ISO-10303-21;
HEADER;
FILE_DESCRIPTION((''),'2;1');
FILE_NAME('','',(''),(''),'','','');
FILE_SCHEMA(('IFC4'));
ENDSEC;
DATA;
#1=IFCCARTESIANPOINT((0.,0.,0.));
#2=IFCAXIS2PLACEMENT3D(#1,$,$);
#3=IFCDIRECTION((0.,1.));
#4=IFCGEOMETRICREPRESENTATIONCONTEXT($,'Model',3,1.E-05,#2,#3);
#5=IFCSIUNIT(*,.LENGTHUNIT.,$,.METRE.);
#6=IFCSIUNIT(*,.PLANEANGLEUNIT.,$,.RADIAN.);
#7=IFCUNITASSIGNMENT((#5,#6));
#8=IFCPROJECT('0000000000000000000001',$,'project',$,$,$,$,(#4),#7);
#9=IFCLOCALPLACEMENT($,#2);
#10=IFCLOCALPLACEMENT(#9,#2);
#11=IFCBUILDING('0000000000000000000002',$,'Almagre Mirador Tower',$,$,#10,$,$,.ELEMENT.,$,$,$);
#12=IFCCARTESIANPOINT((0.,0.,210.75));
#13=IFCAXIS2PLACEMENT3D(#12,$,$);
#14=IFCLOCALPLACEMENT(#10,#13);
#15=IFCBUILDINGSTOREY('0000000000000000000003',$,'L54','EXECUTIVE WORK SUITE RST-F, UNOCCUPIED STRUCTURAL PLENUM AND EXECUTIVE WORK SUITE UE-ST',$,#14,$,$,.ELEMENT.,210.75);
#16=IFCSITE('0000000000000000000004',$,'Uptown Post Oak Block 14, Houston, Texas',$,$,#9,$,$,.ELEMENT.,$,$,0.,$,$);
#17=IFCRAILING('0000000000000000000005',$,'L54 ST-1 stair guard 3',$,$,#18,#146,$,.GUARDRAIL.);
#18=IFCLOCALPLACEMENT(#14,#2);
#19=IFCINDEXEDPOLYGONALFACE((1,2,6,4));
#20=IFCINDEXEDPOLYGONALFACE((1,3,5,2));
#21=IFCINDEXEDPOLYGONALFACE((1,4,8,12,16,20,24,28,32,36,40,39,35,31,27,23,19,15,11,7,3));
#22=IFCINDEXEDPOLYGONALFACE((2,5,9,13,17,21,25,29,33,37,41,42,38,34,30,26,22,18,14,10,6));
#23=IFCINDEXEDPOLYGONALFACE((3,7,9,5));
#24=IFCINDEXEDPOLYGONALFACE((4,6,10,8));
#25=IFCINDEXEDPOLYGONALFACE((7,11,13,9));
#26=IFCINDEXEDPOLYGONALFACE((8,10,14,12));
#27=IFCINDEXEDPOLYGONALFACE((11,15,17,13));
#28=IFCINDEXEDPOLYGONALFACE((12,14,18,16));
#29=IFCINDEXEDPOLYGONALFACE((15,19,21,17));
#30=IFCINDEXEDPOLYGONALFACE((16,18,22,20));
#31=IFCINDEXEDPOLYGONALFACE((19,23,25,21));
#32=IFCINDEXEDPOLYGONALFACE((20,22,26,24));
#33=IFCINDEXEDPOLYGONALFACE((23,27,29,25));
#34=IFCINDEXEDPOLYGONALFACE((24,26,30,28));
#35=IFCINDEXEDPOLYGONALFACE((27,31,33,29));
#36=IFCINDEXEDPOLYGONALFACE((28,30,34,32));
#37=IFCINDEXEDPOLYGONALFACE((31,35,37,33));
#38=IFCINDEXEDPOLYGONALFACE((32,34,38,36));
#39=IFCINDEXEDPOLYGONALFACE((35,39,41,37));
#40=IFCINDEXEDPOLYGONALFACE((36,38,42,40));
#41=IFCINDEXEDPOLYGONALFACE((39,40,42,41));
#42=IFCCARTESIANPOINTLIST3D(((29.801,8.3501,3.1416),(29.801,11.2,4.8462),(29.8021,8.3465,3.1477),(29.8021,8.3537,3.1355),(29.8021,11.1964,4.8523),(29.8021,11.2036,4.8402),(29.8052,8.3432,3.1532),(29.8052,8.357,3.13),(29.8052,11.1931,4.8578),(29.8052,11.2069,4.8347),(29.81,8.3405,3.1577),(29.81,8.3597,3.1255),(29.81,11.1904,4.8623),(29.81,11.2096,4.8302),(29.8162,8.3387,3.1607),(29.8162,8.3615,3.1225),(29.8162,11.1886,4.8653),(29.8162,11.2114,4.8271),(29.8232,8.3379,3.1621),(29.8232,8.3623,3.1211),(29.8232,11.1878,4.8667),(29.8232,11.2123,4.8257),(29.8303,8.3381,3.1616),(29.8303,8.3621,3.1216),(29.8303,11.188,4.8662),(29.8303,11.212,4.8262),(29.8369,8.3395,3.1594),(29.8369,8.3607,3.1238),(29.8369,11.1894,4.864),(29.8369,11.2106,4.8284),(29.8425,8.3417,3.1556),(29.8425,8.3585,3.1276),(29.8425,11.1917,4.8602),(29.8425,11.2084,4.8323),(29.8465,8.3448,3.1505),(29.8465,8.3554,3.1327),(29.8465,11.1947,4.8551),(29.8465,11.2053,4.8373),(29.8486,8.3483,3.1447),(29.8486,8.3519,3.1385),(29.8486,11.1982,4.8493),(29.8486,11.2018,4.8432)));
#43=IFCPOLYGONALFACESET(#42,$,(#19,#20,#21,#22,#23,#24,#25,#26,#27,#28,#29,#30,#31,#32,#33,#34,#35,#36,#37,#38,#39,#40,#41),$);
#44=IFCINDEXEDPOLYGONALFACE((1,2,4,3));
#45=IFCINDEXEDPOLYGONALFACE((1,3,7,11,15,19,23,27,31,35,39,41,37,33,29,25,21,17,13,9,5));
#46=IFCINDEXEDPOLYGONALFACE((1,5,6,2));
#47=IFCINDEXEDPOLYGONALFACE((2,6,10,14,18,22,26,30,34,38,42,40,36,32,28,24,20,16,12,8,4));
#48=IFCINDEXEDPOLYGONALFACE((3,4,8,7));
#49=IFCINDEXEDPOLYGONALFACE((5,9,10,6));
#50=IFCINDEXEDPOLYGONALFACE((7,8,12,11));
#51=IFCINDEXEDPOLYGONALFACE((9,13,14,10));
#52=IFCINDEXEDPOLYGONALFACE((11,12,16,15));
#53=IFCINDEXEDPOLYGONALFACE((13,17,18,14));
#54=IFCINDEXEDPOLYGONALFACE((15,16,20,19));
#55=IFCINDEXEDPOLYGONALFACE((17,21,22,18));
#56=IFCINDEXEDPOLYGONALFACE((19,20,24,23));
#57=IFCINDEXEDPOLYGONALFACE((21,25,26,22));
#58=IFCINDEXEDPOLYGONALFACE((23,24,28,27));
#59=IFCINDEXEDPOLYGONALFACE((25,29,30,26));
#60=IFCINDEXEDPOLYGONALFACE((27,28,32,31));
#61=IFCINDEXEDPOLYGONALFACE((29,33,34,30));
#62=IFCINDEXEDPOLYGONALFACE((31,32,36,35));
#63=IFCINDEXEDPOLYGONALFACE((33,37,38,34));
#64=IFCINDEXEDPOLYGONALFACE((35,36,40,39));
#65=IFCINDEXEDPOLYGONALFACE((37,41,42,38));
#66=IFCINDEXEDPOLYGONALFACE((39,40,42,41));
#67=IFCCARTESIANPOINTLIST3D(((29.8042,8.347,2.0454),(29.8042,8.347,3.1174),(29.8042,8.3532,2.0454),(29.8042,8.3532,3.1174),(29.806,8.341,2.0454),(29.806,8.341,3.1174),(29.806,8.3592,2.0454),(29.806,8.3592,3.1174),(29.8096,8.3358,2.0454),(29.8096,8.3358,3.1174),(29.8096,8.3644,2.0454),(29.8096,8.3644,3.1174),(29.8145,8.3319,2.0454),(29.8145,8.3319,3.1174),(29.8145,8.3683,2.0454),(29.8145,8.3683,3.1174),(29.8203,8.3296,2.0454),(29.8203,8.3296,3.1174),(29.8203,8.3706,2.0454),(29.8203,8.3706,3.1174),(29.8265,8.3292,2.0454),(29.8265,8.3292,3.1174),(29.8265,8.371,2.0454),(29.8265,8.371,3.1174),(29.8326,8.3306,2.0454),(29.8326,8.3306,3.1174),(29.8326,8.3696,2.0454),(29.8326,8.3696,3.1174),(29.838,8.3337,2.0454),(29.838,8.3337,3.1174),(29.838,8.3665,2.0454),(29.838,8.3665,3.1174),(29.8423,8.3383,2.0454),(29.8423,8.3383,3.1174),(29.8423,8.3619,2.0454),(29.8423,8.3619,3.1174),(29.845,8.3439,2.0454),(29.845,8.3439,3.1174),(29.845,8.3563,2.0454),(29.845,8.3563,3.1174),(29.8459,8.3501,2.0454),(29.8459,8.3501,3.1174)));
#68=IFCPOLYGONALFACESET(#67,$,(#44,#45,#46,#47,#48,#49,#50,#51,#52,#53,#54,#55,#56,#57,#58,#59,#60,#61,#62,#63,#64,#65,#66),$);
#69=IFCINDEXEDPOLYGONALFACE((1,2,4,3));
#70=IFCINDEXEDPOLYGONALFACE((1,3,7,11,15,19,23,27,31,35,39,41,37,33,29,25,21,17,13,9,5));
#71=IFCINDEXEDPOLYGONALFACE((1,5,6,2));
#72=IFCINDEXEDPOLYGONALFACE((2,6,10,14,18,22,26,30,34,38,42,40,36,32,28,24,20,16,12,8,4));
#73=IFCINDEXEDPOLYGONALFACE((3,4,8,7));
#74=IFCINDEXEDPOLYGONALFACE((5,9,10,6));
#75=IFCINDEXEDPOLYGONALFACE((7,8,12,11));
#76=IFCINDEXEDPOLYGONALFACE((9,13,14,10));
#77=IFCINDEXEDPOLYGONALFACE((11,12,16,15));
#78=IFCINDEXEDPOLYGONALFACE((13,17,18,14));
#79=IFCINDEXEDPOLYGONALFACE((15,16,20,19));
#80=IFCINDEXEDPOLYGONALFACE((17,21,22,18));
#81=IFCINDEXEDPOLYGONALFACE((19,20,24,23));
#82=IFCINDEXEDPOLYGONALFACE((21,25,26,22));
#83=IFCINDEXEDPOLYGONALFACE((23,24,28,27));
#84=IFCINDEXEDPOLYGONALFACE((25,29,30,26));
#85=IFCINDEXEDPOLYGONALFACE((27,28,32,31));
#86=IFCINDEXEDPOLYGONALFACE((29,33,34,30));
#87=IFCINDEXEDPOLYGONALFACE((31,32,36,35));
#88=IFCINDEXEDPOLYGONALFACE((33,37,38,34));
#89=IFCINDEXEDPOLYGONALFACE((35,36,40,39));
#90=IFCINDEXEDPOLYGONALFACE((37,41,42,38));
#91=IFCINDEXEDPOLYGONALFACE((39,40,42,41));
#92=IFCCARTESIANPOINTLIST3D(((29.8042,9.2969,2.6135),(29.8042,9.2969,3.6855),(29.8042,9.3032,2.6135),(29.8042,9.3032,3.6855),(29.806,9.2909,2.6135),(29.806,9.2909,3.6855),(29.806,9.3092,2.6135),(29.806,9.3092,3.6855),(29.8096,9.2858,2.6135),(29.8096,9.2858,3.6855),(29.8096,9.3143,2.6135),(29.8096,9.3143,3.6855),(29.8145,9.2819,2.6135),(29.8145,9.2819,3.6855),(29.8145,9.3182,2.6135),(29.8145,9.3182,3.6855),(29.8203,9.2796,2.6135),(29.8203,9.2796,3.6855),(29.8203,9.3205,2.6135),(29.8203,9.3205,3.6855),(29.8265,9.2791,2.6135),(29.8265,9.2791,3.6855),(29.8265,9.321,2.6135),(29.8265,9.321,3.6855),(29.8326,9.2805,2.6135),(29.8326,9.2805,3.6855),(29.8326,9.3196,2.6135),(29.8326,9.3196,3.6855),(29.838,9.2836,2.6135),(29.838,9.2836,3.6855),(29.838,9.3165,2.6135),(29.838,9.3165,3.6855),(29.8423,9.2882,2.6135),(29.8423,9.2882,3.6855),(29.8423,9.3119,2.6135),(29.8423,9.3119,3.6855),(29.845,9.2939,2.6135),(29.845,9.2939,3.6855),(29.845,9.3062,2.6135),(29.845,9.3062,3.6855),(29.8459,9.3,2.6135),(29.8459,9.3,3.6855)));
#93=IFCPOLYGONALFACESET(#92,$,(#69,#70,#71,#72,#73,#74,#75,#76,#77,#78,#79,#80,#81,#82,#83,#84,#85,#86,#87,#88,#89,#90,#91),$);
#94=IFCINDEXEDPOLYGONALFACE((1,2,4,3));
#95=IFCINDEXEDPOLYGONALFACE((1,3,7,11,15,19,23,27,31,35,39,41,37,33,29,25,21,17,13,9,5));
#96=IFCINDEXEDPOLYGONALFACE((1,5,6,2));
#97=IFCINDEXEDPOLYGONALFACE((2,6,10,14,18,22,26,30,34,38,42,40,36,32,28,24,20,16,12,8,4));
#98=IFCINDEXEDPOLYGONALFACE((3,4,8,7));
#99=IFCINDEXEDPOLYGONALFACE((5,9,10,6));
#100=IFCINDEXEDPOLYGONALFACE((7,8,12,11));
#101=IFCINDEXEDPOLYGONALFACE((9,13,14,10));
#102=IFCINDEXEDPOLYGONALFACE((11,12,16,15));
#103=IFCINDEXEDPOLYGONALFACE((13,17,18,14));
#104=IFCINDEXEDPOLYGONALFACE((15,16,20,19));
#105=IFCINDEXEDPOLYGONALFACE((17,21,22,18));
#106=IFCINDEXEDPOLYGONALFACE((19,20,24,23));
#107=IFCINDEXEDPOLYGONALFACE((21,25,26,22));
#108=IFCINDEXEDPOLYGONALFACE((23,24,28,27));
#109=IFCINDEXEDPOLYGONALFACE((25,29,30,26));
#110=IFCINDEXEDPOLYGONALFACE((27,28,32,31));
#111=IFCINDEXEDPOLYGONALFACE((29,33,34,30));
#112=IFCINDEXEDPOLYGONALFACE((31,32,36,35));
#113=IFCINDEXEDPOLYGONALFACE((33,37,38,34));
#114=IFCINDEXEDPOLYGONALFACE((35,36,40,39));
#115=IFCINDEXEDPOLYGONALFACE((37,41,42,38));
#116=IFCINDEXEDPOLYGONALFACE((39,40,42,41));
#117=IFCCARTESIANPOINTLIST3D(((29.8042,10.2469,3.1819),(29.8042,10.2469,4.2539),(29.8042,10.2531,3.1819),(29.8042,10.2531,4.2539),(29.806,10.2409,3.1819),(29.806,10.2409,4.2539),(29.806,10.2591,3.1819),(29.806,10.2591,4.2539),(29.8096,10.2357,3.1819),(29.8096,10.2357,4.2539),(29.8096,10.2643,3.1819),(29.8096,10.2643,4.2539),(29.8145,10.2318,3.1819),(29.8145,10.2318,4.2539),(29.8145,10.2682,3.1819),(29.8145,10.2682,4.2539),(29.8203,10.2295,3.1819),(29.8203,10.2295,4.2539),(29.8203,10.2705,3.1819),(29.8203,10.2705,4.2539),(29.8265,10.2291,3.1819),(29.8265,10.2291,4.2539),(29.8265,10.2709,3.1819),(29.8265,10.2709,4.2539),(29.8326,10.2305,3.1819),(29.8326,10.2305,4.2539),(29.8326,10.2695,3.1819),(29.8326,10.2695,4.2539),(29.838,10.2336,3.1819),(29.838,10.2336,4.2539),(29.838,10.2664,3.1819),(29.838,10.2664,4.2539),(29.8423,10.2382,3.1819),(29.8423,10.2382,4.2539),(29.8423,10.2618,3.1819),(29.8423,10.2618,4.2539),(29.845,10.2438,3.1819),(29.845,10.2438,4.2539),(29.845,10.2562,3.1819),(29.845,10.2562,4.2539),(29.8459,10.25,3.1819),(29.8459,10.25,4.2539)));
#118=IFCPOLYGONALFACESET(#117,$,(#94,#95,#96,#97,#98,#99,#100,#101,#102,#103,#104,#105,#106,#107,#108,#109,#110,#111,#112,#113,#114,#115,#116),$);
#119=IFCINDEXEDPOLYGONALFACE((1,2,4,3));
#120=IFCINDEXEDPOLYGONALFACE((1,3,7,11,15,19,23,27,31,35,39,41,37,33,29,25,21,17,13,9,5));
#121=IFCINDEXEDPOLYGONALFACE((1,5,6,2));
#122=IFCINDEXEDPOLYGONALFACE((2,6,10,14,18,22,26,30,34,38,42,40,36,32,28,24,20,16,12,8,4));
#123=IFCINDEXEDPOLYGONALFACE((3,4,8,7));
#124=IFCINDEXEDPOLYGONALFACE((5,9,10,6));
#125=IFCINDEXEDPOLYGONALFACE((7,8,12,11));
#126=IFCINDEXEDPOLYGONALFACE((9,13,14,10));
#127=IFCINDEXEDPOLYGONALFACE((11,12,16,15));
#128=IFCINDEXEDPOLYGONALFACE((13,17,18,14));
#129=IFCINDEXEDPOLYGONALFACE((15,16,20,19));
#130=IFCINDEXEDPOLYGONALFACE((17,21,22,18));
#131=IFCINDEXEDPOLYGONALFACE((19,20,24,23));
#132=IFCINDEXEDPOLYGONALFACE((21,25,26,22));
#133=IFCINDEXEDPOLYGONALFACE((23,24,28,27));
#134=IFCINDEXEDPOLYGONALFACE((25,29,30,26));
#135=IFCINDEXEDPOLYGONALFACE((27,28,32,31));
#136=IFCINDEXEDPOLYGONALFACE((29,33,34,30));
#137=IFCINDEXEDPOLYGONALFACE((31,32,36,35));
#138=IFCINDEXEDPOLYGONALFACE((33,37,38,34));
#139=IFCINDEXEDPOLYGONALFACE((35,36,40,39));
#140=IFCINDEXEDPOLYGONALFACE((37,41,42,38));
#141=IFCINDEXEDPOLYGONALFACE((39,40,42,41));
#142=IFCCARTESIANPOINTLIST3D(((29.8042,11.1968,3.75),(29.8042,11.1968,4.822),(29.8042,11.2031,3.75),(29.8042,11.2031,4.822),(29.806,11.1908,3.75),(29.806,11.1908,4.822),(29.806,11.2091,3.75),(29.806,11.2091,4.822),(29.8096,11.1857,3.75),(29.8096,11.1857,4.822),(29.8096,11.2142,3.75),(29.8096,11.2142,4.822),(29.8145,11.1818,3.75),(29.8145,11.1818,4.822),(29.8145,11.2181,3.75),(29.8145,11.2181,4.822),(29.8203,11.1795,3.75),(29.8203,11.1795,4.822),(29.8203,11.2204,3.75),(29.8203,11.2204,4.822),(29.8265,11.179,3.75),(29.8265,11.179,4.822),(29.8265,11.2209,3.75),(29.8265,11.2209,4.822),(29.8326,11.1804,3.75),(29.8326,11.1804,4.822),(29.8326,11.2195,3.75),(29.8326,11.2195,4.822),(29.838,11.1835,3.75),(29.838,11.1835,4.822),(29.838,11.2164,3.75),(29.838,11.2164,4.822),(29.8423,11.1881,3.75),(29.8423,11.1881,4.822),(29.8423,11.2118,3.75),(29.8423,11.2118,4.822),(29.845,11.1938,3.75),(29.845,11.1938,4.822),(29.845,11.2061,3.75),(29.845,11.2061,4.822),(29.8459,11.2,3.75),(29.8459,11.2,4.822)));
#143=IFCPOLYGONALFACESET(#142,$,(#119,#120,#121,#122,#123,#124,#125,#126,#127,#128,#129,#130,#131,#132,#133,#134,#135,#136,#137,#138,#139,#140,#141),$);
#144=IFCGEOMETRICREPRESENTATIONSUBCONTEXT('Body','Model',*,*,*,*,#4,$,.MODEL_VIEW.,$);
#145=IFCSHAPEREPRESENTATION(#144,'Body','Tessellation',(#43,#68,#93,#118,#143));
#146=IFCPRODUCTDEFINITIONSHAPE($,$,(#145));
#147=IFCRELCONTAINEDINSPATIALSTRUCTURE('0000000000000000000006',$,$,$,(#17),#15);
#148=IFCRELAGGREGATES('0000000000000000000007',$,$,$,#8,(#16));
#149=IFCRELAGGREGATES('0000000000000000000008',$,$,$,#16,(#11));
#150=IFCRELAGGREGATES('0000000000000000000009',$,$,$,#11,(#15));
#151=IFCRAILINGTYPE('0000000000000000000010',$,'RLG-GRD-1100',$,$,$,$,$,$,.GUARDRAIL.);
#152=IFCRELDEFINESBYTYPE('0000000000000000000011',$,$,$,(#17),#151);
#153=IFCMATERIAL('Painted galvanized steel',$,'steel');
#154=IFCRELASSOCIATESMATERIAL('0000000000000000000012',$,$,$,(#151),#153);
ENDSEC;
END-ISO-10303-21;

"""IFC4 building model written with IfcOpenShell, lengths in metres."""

from ifc_helpers import new_model, si_unit, direction, frame, origin, origin_2d, place, context, subcontext, project, spatial, circle, extrude, material, type_object, element, save


model = new_model("IFC4")

# Units and contexts
model_context = context("Model", 3, precision=1e-05, world=origin(), true_north=direction((0.0, 1.0)))
body_context = subcontext(model_context, "Body", "Model", "MODEL_VIEW")
ifc_project = project(units=[si_unit("LENGTHUNIT", "METRE"), si_unit("PLANEANGLEUNIT", "RADIAN")], contexts=[model_context])

# Site, building, storey
site_placement = place(None, origin())
site = spatial("IfcSite", under=ifc_project, at=site_placement, Name="Uptown Post Oak Block 14, Houston, Texas", CompositionType="ELEMENT", RefElevation=0.0)
building_placement = place(site_placement, origin())
building = spatial("IfcBuilding", under=site, at=building_placement, Name="Almagre Mirador Tower", CompositionType="ELEMENT")
storey_placement = place(building_placement, frame((0.0, 0.0, 210.75)))
storey = spatial("IfcBuildingStorey", under=building, at=storey_placement, Name="L54", Description="EXECUTIVE WORK SUITE RST-F, UNOCCUPIED STRUCTURAL PLENUM AND EXECUTIVE WORK SUITE UE-ST", CompositionType="ELEMENT", Elevation=210.75)

# Railing
ifc_material_1 = material(Name="Painted galvanized steel", Category="steel")
railing_type = type_object("IfcRailingType", Name="RLG-GRD-1100", PredefinedType="GUARDRAIL", material=ifc_material_1)
railing_1_placement = place(storey_placement, frame((29.825, 8.3501, 2.0454)))
element("IfcRailing", 1, at=railing_1_placement, inside=storey, type_object=railing_type, Name="L54 ST-1 stair guard 3", PredefinedType="GUARDRAIL", context=body_context, shape_type="SweptSolid", body=[
    extrude(circle(Radius=0.0239, at=origin_2d()), frame((0.0, 0.0, 1.0962), z_axis=(0.0, 0.858199, 0.513317), x_axis=(-1.0, 0.0, 0.0)), (0.0, 0.0, 1.0), 3.3208),
    extrude(circle(Radius=0.021, at=origin_2d()), origin(), (0.0, 0.0, 1.0), 1.072),
    extrude(circle(Radius=0.021, at=origin_2d()), frame((0.0, 0.95, 0.5681)), (0.0, 0.0, 1.0), 1.072),
    extrude(circle(Radius=0.021, at=origin_2d()), frame((0.0, 1.8999, 1.1365)), (0.0, 0.0, 1.0), 1.072),
    extrude(circle(Radius=0.021, at=origin_2d()), frame((0.0, 2.8499, 1.7046)), (0.0, 0.0, 1.0), 1.072),
])

save(model, "model.ifc")
